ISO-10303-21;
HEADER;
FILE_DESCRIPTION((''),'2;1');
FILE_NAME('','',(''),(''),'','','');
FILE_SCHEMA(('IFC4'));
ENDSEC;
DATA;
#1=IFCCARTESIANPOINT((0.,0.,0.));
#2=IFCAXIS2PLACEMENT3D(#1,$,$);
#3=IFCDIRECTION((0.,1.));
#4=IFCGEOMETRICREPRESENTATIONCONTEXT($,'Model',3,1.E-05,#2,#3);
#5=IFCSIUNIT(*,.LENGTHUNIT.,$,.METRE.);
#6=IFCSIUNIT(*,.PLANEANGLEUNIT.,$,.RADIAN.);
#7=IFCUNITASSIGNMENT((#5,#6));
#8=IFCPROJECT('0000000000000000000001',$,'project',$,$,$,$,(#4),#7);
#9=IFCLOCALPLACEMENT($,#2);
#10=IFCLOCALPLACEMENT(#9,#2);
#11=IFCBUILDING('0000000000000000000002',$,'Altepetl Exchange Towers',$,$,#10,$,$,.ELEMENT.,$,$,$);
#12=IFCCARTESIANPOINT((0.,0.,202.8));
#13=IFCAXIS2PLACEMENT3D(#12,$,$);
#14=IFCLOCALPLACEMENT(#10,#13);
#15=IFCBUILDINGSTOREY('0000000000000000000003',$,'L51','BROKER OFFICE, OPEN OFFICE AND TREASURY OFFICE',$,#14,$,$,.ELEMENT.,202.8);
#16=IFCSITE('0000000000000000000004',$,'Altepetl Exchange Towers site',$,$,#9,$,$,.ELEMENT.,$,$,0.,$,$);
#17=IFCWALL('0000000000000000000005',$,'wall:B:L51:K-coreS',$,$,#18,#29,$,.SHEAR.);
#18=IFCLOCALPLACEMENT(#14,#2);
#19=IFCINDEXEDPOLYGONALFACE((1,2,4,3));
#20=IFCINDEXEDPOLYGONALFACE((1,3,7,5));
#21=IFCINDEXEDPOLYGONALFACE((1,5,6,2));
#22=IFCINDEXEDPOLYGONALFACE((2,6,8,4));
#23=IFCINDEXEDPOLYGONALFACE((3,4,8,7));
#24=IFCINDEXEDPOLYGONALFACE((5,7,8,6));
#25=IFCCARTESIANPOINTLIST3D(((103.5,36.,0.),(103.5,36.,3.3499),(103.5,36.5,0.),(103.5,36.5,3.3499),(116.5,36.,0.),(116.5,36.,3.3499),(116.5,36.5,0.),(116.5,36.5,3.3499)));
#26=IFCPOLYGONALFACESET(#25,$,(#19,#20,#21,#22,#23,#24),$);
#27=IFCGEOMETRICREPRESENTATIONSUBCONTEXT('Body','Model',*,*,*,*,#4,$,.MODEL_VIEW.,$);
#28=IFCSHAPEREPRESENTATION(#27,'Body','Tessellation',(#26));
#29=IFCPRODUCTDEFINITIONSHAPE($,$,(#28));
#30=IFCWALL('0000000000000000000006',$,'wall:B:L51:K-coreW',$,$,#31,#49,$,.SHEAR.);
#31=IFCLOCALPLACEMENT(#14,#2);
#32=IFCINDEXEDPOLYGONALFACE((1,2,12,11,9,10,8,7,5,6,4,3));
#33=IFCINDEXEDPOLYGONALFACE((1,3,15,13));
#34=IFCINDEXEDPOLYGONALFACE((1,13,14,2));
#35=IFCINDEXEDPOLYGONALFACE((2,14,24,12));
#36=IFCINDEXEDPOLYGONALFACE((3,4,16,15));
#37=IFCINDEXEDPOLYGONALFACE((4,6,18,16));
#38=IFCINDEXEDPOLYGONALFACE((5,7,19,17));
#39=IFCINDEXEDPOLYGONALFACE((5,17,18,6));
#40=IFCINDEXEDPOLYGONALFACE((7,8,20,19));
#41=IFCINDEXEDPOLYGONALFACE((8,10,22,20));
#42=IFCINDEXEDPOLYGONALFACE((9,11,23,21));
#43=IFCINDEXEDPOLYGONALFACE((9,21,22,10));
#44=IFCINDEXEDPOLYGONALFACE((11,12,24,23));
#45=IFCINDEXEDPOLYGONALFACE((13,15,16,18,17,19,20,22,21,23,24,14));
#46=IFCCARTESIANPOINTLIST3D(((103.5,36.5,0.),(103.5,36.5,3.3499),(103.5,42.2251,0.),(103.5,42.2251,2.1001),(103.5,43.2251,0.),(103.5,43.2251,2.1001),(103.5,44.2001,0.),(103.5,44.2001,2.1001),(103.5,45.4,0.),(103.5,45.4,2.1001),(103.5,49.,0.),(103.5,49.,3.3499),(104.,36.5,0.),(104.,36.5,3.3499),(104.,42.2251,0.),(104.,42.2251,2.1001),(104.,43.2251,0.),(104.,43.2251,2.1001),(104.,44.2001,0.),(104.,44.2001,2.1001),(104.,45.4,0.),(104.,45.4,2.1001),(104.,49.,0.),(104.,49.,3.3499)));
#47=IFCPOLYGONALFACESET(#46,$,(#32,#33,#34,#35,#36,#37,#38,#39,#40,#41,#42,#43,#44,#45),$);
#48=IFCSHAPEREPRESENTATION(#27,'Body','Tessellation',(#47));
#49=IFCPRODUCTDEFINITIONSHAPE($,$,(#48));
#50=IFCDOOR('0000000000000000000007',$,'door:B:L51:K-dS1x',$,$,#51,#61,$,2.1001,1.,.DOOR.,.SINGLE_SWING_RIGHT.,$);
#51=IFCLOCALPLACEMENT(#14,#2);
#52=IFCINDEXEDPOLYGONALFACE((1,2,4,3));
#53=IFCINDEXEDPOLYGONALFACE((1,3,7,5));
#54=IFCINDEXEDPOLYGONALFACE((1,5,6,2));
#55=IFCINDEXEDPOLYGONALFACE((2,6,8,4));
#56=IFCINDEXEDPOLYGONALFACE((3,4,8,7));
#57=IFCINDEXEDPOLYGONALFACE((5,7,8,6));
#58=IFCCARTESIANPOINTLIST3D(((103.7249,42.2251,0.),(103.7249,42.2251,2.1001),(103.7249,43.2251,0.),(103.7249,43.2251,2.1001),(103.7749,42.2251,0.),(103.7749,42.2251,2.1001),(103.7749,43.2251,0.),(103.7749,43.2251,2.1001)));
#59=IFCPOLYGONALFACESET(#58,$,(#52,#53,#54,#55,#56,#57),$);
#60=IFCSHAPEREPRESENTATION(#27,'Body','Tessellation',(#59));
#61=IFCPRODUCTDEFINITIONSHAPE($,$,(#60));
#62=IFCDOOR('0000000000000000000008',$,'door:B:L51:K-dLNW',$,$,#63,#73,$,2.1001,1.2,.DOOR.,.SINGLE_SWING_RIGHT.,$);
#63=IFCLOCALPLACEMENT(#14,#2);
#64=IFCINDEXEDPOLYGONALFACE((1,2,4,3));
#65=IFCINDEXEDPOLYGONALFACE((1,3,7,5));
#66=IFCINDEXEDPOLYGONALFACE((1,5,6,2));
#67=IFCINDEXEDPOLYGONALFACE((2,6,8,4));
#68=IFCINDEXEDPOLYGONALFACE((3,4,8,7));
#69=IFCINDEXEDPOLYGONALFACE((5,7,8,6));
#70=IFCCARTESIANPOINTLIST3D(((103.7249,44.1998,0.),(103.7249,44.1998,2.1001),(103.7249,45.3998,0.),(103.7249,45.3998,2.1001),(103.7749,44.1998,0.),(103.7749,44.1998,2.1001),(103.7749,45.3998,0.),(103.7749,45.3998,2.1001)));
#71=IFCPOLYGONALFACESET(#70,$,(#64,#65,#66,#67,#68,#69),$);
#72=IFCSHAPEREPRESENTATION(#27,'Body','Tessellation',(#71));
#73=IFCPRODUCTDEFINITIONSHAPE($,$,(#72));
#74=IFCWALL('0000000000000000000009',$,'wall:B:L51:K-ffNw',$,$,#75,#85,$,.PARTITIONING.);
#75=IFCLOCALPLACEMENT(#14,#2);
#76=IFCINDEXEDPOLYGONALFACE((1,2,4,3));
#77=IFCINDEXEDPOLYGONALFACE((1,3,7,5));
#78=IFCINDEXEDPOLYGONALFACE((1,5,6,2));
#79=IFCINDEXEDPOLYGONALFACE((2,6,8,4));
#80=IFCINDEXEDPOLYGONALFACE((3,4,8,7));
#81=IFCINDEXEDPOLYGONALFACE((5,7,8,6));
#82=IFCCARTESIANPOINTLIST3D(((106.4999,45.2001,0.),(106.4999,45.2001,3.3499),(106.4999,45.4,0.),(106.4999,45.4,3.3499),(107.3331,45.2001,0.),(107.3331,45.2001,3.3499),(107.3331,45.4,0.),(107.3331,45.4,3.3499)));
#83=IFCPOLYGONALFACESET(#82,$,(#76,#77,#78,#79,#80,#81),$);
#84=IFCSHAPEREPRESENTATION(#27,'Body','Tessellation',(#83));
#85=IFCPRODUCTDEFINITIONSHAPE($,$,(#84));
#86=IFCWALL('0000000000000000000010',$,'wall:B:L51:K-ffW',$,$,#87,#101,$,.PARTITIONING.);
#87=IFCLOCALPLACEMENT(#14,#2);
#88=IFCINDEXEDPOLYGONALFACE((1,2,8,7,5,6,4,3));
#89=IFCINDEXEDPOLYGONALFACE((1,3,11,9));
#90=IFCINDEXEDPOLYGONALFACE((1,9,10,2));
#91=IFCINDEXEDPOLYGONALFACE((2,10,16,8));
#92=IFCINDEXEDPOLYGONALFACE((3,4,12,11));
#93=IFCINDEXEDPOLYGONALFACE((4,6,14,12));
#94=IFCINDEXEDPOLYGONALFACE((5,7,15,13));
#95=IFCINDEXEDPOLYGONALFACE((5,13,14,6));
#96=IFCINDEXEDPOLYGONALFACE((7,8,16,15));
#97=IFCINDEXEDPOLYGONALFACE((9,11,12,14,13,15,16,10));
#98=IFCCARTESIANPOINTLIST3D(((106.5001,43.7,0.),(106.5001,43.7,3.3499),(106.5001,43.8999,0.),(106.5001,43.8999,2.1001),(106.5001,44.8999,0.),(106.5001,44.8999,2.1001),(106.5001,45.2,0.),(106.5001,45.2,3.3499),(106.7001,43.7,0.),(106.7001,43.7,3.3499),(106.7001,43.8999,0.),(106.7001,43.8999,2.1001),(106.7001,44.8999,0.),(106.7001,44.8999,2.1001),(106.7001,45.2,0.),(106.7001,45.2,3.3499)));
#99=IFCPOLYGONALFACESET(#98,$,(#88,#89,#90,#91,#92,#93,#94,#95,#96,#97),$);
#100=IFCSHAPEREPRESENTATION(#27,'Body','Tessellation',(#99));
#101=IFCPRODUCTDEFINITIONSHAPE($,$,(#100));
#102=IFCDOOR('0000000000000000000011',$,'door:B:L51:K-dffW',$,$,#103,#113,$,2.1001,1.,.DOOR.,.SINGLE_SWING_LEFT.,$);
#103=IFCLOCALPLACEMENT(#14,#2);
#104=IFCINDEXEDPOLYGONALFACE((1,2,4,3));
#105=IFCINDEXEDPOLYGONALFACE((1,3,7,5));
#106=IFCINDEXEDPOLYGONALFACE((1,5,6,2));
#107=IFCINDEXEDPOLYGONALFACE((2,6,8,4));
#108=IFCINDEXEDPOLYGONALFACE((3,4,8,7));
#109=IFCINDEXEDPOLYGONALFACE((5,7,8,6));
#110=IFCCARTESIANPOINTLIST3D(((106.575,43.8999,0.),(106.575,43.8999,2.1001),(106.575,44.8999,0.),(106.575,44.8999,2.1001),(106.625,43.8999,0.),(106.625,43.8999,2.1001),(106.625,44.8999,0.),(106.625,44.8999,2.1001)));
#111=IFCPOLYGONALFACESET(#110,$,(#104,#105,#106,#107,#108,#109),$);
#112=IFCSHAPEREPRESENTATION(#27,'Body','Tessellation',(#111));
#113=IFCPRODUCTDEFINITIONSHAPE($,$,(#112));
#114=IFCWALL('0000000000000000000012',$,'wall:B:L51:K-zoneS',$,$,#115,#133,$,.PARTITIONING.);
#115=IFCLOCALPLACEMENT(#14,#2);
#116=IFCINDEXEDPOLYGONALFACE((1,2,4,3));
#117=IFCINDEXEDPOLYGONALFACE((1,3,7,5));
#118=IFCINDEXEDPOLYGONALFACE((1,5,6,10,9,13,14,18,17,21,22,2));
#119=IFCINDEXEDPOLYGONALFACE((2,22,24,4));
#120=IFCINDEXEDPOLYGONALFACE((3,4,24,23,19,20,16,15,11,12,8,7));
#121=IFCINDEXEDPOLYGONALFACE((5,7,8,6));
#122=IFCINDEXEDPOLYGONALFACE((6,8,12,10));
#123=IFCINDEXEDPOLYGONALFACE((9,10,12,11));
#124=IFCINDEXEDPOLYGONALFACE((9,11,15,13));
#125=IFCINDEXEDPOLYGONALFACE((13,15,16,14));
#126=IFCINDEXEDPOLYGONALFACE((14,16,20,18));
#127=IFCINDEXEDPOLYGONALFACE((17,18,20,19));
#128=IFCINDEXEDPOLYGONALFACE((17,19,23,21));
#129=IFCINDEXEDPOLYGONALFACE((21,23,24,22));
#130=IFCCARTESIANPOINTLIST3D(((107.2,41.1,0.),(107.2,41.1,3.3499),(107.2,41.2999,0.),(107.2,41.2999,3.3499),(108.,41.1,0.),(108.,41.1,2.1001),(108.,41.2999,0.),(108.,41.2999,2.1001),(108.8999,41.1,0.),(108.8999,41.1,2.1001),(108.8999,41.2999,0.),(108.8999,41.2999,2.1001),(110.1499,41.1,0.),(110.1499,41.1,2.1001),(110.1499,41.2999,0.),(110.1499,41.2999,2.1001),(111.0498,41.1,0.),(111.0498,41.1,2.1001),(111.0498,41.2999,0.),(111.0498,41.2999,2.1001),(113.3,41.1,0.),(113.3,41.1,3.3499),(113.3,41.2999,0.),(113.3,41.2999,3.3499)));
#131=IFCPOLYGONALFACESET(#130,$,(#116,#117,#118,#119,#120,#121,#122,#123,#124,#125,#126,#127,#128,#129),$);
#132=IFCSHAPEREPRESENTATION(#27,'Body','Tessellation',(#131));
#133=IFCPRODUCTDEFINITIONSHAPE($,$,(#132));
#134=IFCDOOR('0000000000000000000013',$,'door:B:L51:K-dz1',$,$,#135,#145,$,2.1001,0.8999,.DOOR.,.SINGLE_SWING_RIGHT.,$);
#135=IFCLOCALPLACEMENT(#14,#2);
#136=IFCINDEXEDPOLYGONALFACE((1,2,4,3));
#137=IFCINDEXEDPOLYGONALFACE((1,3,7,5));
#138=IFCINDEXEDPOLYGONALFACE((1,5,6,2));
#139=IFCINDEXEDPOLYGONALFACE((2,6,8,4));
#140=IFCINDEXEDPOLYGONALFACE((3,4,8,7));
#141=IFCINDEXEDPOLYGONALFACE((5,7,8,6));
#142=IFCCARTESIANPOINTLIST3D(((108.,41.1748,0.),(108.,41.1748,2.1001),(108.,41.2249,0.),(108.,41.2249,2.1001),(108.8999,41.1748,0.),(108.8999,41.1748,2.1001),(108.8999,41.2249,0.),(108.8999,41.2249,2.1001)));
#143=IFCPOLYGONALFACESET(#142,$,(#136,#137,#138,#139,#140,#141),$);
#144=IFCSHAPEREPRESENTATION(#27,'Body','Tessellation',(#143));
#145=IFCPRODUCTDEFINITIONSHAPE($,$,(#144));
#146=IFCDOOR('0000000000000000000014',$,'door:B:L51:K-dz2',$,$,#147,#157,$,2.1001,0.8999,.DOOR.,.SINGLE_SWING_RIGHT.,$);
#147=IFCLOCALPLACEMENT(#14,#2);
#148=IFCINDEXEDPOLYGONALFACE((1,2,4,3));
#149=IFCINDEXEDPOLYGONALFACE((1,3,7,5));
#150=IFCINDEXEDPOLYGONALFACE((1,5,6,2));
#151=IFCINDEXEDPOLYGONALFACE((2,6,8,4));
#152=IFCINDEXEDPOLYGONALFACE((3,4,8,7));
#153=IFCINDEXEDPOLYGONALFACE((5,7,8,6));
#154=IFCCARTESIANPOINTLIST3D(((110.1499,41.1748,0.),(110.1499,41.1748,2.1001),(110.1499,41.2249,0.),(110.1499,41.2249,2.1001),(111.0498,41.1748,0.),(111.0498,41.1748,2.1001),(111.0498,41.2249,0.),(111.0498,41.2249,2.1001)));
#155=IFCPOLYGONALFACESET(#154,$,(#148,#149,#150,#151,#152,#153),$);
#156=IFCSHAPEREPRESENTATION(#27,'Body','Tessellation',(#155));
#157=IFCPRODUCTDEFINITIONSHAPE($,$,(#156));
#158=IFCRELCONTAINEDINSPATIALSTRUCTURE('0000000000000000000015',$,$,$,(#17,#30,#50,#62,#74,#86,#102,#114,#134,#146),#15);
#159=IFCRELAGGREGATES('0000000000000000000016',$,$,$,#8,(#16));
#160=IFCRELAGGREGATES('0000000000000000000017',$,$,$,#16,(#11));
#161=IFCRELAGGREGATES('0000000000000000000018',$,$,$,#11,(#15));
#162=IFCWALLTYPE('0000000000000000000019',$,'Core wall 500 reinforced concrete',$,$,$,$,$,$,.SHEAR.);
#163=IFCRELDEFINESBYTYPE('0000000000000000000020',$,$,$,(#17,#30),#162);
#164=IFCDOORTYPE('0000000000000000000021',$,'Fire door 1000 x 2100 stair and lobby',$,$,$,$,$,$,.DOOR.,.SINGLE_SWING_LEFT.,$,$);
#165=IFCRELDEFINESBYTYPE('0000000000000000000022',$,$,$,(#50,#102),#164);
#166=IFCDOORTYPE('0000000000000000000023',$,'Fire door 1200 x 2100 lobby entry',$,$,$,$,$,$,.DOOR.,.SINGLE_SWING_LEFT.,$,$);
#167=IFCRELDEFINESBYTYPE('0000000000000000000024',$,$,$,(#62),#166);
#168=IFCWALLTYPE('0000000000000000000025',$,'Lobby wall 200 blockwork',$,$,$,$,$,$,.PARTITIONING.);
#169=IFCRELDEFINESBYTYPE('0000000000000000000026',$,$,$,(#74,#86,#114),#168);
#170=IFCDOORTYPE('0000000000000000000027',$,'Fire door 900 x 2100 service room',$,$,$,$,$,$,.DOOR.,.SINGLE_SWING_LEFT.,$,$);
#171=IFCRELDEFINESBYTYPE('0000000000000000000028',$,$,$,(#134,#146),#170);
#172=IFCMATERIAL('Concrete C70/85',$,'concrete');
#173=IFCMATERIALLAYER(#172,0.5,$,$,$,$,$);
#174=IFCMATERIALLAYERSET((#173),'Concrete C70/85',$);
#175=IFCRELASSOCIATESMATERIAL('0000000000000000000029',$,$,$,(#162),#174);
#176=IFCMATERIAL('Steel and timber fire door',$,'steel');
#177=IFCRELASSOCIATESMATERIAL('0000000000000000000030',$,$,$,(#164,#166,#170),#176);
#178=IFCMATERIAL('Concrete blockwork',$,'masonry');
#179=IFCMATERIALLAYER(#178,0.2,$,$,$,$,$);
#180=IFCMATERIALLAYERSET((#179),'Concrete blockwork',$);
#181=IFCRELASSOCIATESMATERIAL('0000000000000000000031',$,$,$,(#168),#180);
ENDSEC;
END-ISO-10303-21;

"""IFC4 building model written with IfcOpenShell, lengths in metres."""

from ifc_helpers import new_model, si_unit, direction, frame, frame_2d, origin, place, context, subcontext, project, spatial, rectangle, extrude, material, layer, layer_set, type_object, element, fill, save


model = new_model("IFC4")

# Units and contexts
model_context = context("Model", 3, precision=1e-05, world=origin(), true_north=direction((0.0, 1.0)))
body_context = subcontext(model_context, "Body", "Model", "MODEL_VIEW")
ifc_project = project(units=[si_unit("LENGTHUNIT", "METRE"), si_unit("PLANEANGLEUNIT", "RADIAN")], contexts=[model_context])

# Site, building, storey
site_placement = place(None, origin())
site = spatial("IfcSite", under=ifc_project, at=site_placement, Name="Altepetl Exchange Towers site", CompositionType="ELEMENT", RefElevation=0.0)
building_placement = place(site_placement, origin())
building = spatial("IfcBuilding", under=site, at=building_placement, Name="Altepetl Exchange Towers", CompositionType="ELEMENT")
storey_placement = place(building_placement, frame((0.0, 0.0, 202.8)))
storey = spatial("IfcBuildingStorey", under=building, at=storey_placement, Name="L51", Description="BROKER OFFICE, OPEN OFFICE AND TREASURY OFFICE", CompositionType="ELEMENT", Elevation=202.8)

# Wall
ifc_material_1 = material(Name="Concrete C70/85", Category="concrete")
ifc_layer_1 = layer(ifc_material_1, 0.5)
ifc_layer_set_1 = layer_set([ifc_layer_1], Name="Concrete C70/85")
wall_type_1 = type_object("IfcWallType", Name="Core wall 500 reinforced concrete", PredefinedType="SHEAR", material=ifc_layer_set_1)
wall_1_placement = place(storey_placement, frame((103.5, 36.25, 0.0)))
element("IfcWall", 1, at=wall_1_placement, inside=storey, type_object=wall_type_1, Name="wall:B:L51:K-coreS", PredefinedType="SHEAR", context=body_context, shape_type="SweptSolid", body=[
    extrude(rectangle(XDim=13.0, YDim=0.5, at=frame_2d((6.5, 0.0))), origin(), (0.0, 0.0, 1.0), 3.3499),
])

# Wall, openings, doors
wall_2_placement = place(storey_placement, frame((103.75, 36.5, 0.0), z_axis=(0.0, 0.0, 1.0), x_axis=(0.0, 1.0, 0.0)))
wall_2 = element("IfcWall", 2, at=wall_2_placement, inside=storey, type_object=wall_type_1, Name="wall:B:L51:K-coreW", PredefinedType="SHEAR", context=body_context, shape_type="SweptSolid", body=[
    extrude(rectangle(XDim=12.5, YDim=0.5, at=frame_2d((6.25, 0.0))), origin(), (0.0, 0.0, 1.0), 3.3499),
])
opening_1_placement = place(wall_2_placement, frame((7.7, 0.0, 0.0)))
opening_1 = element("IfcOpeningElement", 3, at=opening_1_placement, cuts=wall_2, PredefinedType="OPENING", context=body_context, shape_type="SweptSolid", body=[
    extrude(rectangle(XDim=1.2, YDim=2.1001, at=frame_2d((0.6001, 1.05))), frame((0.0, 0.26, 0.0), z_axis=(0.0, -1.0, 0.0), x_axis=(1.0, 0.0, 0.0)), (0.0, 0.0, 1.0), 0.52),
])
opening_2_placement = place(wall_2_placement, frame((5.7251, 0.0, 0.0)))
opening_2 = element("IfcOpeningElement", 4, at=opening_2_placement, cuts=wall_2, PredefinedType="OPENING", context=body_context, shape_type="SweptSolid", body=[
    extrude(rectangle(XDim=1.0, YDim=2.1001, at=frame_2d((0.5, 1.05))), frame((0.0, 0.26, 0.0), z_axis=(0.0, -1.0, 0.0), x_axis=(1.0, 0.0, 0.0)), (0.0, 0.0, 1.0), 0.52),
])
ifc_material_2 = material(Name="Steel and timber fire door", Category="steel")
door_type_1 = type_object("IfcDoorType", Name="Fire door 1000 x 2100 stair and lobby", OperationType="SINGLE_SWING_LEFT", PredefinedType="DOOR", material=ifc_material_2)
door_1_placement = place(opening_2_placement, frame((1.0, 0.0, 0.0), x_axis=(-1.0, 0.0, 0.0)))
door_1 = element("IfcDoor", 5, at=door_1_placement, inside=storey, type_object=door_type_1, Name="door:B:L51:K-dS1x", OperationType="SINGLE_SWING_RIGHT", OverallHeight=2.1001, OverallWidth=1.0, PredefinedType="DOOR", context=body_context, shape_type="SweptSolid", body=[
    extrude(rectangle(XDim=1.0, YDim=2.1001, at=frame_2d((0.5, 1.05))), frame((0.0, 0.0249, 0.0), z_axis=(0.0, -1.0, 0.0), x_axis=(1.0, 0.0, 0.0)), (0.0, 0.0, 1.0), 0.05),
])
fill(opening_2, door_1)
door_type_2 = type_object("IfcDoorType", Name="Fire door 1200 x 2100 lobby entry", OperationType="SINGLE_SWING_LEFT", PredefinedType="DOOR", material=ifc_material_2)
door_2_placement = place(opening_1_placement, frame((1.2, 0.0, 0.0), x_axis=(-1.0, 0.0, 0.0)))
door_2 = element("IfcDoor", 6, at=door_2_placement, inside=storey, type_object=door_type_2, Name="door:B:L51:K-dLNW", OperationType="SINGLE_SWING_RIGHT", OverallHeight=2.1001, OverallWidth=1.2, PredefinedType="DOOR", context=body_context, shape_type="SweptSolid", body=[
    extrude(rectangle(XDim=1.2, YDim=2.1001, at=frame_2d((0.6001, 1.05))), frame((0.0, 0.0249, 0.0), z_axis=(0.0, -1.0, 0.0), x_axis=(1.0, 0.0, 0.0)), (0.0, 0.0, 1.0), 0.05),
])
fill(opening_1, door_2)

# Wall
ifc_material_3 = material(Name="Concrete blockwork", Category="masonry")
ifc_layer_2 = layer(ifc_material_3, 0.2)
ifc_layer_set_2 = layer_set([ifc_layer_2], Name="Concrete blockwork")
wall_type_2 = type_object("IfcWallType", Name="Lobby wall 200 blockwork", PredefinedType="PARTITIONING", material=ifc_layer_set_2)
wall_3_placement = place(storey_placement, frame((106.5, 45.3, 0.0)))
element("IfcWall", 7, at=wall_3_placement, inside=storey, type_object=wall_type_2, Name="wall:B:L51:K-ffNw", PredefinedType="PARTITIONING", context=body_context, shape_type="SweptSolid", body=[
    extrude(rectangle(XDim=0.8333, YDim=0.2, at=frame_2d((0.4165, 0.0))), origin(), (0.0, 0.0, 1.0), 3.3499),
])

# Wall, opening, door
wall_4_placement = place(storey_placement, frame((106.6001, 43.7, 0.0), z_axis=(0.0, 0.0, 1.0), x_axis=(0.0, 1.0, 0.0)))
wall_4 = element("IfcWall", 8, at=wall_4_placement, inside=storey, type_object=wall_type_2, Name="wall:B:L51:K-ffW", PredefinedType="PARTITIONING", context=body_context, shape_type="SweptSolid", body=[
    extrude(rectangle(XDim=1.5, YDim=0.2, at=frame_2d((0.75, 0.0))), origin(), (0.0, 0.0, 1.0), 3.3499),
])
opening_3_placement = place(wall_4_placement, frame((0.2, 0.0, 0.0)))
opening_3 = element("IfcOpeningElement", 9, at=opening_3_placement, cuts=wall_4, PredefinedType="OPENING", context=body_context, shape_type="SweptSolid", body=[
    extrude(rectangle(XDim=1.0, YDim=2.1001, at=frame_2d((0.5, 1.05))), frame((0.0, 0.1099, 0.0), z_axis=(0.0, -1.0, 0.0), x_axis=(1.0, 0.0, 0.0)), (0.0, 0.0, 1.0), 0.22),
])
door_3_placement = place(opening_3_placement, frame((1.0, 0.0, 0.0), x_axis=(-1.0, 0.0, 0.0)))
door_3 = element("IfcDoor", 10, at=door_3_placement, inside=storey, type_object=door_type_1, Name="door:B:L51:K-dffW", OperationType="SINGLE_SWING_LEFT", OverallHeight=2.1001, OverallWidth=1.0, PredefinedType="DOOR", context=body_context, shape_type="SweptSolid", body=[
    extrude(rectangle(XDim=1.0, YDim=2.1001, at=frame_2d((0.5, 1.05))), frame((0.0, 0.0249, 0.0), z_axis=(0.0, -1.0, 0.0), x_axis=(1.0, 0.0, 0.0)), (0.0, 0.0, 1.0), 0.05),
])
fill(opening_3, door_3)

# Wall, openings, doors
wall_5_placement = place(storey_placement, frame((107.2, 41.2, 0.0)))
wall_5 = element("IfcWall", 11, at=wall_5_placement, inside=storey, type_object=wall_type_2, Name="wall:B:L51:K-zoneS", PredefinedType="PARTITIONING", context=body_context, shape_type="SweptSolid", body=[
    extrude(rectangle(XDim=6.1001, YDim=0.2, at=frame_2d((3.05, 0.0))), origin(), (0.0, 0.0, 1.0), 3.3499),
])
opening_4_placement = place(wall_5_placement, frame((0.8, 0.0, 0.0)))
opening_4 = element("IfcOpeningElement", 12, at=opening_4_placement, cuts=wall_5, PredefinedType="OPENING", context=body_context, shape_type="SweptSolid", body=[
    extrude(rectangle(XDim=0.8999, YDim=2.1001, at=frame_2d((0.45, 1.05))), frame((0.0, 0.1099, 0.0), z_axis=(0.0, -1.0, 0.0), x_axis=(1.0, 0.0, 0.0)), (0.0, 0.0, 1.0), 0.22),
])
opening_5_placement = place(wall_5_placement, frame((2.95, 0.0, 0.0)))
opening_5 = element("IfcOpeningElement", 13, at=opening_5_placement, cuts=wall_5, PredefinedType="OPENING", context=body_context, shape_type="SweptSolid", body=[
    extrude(rectangle(XDim=0.8999, YDim=2.1001, at=frame_2d((0.45, 1.05))), frame((0.0, 0.1099, 0.0), z_axis=(0.0, -1.0, 0.0), x_axis=(1.0, 0.0, 0.0)), (0.0, 0.0, 1.0), 0.22),
])
door_type_3 = type_object("IfcDoorType", Name="Fire door 900 x 2100 service room", OperationType="SINGLE_SWING_LEFT", PredefinedType="DOOR", material=ifc_material_2)
door_4_placement = place(opening_4_placement, origin())
door_4 = element("IfcDoor", 14, at=door_4_placement, inside=storey, type_object=door_type_3, Name="door:B:L51:K-dz1", OperationType="SINGLE_SWING_RIGHT", OverallHeight=2.1001, OverallWidth=0.8999, PredefinedType="DOOR", context=body_context, shape_type="SweptSolid", body=[
    extrude(rectangle(XDim=0.8999, YDim=2.1001, at=frame_2d((0.45, 1.05))), frame((0.0, 0.0249, 0.0), z_axis=(0.0, -1.0, 0.0), x_axis=(1.0, 0.0, 0.0)), (0.0, 0.0, 1.0), 0.05),
])
fill(opening_4, door_4)
door_5_placement = place(opening_5_placement, origin())
door_5 = element("IfcDoor", 15, at=door_5_placement, inside=storey, type_object=door_type_3, Name="door:B:L51:K-dz2", OperationType="SINGLE_SWING_RIGHT", OverallHeight=2.1001, OverallWidth=0.8999, PredefinedType="DOOR", context=body_context, shape_type="SweptSolid", body=[
    extrude(rectangle(XDim=0.8999, YDim=2.1001, at=frame_2d((0.45, 1.05))), frame((0.0, 0.0249, 0.0), z_axis=(0.0, -1.0, 0.0), x_axis=(1.0, 0.0, 0.0)), (0.0, 0.0, 1.0), 0.05),
])
fill(opening_5, door_5)

save(model, "model.ifc")
